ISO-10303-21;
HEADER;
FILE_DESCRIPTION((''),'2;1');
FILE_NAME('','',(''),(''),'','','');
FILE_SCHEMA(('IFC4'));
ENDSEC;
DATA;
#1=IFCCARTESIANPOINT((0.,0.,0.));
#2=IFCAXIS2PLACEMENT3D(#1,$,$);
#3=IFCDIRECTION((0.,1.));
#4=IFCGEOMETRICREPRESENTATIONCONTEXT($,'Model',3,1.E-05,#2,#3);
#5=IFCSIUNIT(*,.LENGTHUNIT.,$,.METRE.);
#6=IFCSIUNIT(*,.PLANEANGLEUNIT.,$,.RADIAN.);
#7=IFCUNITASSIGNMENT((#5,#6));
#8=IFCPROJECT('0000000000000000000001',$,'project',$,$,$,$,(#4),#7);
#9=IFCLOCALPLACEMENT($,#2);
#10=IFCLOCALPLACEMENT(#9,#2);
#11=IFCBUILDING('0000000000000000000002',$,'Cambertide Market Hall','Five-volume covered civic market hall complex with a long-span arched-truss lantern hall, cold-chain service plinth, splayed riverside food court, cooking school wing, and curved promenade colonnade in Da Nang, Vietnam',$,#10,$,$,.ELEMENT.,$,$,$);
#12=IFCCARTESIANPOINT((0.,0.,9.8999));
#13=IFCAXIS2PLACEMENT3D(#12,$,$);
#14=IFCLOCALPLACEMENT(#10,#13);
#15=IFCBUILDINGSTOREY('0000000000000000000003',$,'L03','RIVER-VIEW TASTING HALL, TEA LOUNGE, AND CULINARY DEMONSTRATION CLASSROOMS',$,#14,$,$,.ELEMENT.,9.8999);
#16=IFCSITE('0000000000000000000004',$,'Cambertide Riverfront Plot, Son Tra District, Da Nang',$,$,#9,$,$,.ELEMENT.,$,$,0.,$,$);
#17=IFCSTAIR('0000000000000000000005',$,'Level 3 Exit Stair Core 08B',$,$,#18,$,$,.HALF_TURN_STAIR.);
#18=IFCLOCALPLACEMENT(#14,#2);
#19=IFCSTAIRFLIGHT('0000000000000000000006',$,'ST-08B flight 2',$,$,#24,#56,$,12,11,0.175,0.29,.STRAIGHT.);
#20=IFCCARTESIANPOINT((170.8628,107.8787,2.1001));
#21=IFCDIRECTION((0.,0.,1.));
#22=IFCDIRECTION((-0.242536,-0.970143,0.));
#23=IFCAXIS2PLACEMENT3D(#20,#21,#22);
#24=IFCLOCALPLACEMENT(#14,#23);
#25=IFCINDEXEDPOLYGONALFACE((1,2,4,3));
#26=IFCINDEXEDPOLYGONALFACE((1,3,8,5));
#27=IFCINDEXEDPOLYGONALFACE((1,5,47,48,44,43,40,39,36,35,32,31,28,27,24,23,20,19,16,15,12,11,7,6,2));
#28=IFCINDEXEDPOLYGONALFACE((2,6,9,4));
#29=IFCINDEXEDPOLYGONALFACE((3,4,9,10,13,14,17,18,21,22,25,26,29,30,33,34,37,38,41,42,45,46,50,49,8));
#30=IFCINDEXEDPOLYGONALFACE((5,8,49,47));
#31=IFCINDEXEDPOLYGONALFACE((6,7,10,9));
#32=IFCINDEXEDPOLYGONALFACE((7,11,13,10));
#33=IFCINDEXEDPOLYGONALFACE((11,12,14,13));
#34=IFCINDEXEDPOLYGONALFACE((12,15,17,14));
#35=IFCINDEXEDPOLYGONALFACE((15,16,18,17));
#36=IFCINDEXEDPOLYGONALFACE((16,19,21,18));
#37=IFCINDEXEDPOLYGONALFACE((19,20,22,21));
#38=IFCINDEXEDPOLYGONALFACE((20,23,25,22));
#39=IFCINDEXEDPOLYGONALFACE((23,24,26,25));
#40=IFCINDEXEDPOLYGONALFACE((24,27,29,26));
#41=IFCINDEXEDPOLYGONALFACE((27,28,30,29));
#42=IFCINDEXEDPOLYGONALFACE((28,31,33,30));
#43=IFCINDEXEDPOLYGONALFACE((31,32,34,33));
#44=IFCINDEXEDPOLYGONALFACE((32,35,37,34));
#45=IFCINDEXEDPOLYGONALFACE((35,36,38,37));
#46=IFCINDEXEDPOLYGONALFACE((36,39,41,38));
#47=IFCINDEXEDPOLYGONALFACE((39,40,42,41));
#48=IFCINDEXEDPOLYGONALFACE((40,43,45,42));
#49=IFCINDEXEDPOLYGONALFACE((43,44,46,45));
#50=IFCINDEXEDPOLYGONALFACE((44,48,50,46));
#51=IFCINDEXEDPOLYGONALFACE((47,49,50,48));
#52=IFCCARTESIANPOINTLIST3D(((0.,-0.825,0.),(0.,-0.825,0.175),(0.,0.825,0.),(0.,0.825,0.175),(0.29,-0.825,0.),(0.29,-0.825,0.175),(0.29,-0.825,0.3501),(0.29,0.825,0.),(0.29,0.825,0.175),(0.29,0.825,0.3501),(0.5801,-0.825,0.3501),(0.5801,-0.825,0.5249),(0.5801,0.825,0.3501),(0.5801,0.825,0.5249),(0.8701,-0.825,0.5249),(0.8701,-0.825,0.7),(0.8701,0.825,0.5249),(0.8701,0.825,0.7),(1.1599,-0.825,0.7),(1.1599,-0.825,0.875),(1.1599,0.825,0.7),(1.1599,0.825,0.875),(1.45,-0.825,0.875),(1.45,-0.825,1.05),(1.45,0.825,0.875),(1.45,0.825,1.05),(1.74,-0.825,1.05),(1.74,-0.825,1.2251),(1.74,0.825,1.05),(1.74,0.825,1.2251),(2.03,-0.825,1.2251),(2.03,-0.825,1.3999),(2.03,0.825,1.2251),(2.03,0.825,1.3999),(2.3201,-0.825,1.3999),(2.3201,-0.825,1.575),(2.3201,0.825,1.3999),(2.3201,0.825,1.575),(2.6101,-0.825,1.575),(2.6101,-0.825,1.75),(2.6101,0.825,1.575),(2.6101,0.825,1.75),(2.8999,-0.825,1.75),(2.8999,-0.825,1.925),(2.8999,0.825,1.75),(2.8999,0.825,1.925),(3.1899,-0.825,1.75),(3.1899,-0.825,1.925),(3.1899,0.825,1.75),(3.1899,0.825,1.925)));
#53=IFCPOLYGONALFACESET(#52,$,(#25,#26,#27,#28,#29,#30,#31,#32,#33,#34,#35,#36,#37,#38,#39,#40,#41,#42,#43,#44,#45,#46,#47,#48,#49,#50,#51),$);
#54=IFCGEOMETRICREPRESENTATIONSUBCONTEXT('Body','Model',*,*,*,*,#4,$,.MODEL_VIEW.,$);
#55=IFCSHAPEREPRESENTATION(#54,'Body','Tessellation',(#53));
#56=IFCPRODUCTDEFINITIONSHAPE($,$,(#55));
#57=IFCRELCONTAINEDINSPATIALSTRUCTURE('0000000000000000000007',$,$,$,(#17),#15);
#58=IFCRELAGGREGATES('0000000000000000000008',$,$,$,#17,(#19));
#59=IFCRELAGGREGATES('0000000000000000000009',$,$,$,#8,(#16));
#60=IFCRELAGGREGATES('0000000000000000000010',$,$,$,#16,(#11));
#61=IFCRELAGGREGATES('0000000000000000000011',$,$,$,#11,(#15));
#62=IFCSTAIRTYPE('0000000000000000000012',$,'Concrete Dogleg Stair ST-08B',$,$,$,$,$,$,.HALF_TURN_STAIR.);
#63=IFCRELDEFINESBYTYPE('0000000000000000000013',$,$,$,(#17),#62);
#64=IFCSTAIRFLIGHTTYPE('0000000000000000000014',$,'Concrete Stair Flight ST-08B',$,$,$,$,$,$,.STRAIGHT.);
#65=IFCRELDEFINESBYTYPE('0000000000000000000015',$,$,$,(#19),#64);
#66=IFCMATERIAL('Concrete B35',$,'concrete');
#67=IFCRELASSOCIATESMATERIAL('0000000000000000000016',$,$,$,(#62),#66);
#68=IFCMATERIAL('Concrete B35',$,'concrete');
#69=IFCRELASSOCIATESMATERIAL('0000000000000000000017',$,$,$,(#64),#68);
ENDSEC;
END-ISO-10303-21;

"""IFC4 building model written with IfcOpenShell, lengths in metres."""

from ifc_helpers import new_model, si_unit, direction, frame, origin, place, context, subcontext, project, spatial, polyline, outline, extrude, material, type_object, element, aggregate, save


model = new_model("IFC4")

# Units and contexts
model_context = context("Model", 3, precision=1e-05, world=origin(), true_north=direction((0.0, 1.0)))
body_context = subcontext(model_context, "Body", "Model", "MODEL_VIEW")
ifc_project = project(units=[si_unit("LENGTHUNIT", "METRE"), si_unit("PLANEANGLEUNIT", "RADIAN")], contexts=[model_context])

# Site, building, storey
site_placement = place(None, origin())
site = spatial("IfcSite", under=ifc_project, at=site_placement, Name="Cambertide Riverfront Plot, Son Tra District, Da Nang", CompositionType="ELEMENT", RefElevation=0.0)
building_placement = place(site_placement, origin())
building = spatial("IfcBuilding", under=site, at=building_placement, Name="Cambertide Market Hall", Description="Five-volume covered civic market hall complex with a long-span arched-truss lantern hall, cold-chain service plinth, splayed riverside food court, cooking school wing, and curved promenade colonnade in Da Nang, Vietnam", CompositionType="ELEMENT")
storey_placement = place(building_placement, frame((0.0, 0.0, 9.8999)))
storey = spatial("IfcBuildingStorey", under=building, at=storey_placement, Name="L03", Description="RIVER-VIEW TASTING HALL, TEA LOUNGE, AND CULINARY DEMONSTRATION CLASSROOMS", CompositionType="ELEMENT", Elevation=9.8999)

# Stair, stair flight
ifc_material_1 = material(Name="Concrete B35", Category="concrete")
stair_type = type_object("IfcStairType", Name="Concrete Dogleg Stair ST-08B", PredefinedType="HALF_TURN_STAIR", material=ifc_material_1)
stair_placement = place(storey_placement, origin())
stair = element("IfcStair", 1, at=stair_placement, inside=storey, type_object=stair_type, Name="Level 3 Exit Stair Core 08B", PredefinedType="HALF_TURN_STAIR")
ifc_material_2 = material(Name="Concrete B35", Category="concrete")
stair_flight_type = type_object("IfcStairFlightType", Name="Concrete Stair Flight ST-08B", PredefinedType="STRAIGHT", material=ifc_material_2)
stair_flight_placement = place(storey_placement, frame((170.8628, 107.8787, 2.1001), z_axis=(0.0, 0.0, 1.0), x_axis=(-0.242536, -0.970143, 0.0)))
stair_flight = element("IfcStairFlight", 2, at=stair_flight_placement, type_object=stair_flight_type, Name="ST-08B flight 2", NumberOfRisers=12, NumberOfTreads=11, PredefinedType="STRAIGHT", RiserHeight=0.175, TreadLength=0.29, context=body_context, shape_type="SweptSolid", body=[
    extrude(outline(polyline([(0.0, 0.0), (0.0, 0.175), (0.29, 0.175), (0.29, 0.3501), (0.5801, 0.3501), (0.5801, 0.5249), (0.8701, 0.5249), (0.8701, 0.7), (1.1599, 0.7), (1.1599, 0.875), (1.45, 0.875), (1.45, 1.05), (1.74, 1.05), (1.74, 1.2251), (2.03, 1.2251), (2.03, 1.3999), (2.3201, 1.3999), (2.3201, 1.575), (2.6101, 1.575), (2.6101, 1.75), (2.8999, 1.75), (2.8999, 1.925), (3.1899, 1.925), (3.1899, 2.1001), (3.1899, 1.75), (0.29, 0.0), (0.0, 0.0)])), frame((0.0, 0.825, 0.0), z_axis=(0.0, -1.0, 0.0), x_axis=(1.0, 0.0, 0.0)), (0.0, 0.0, 1.0), 1.6499),
])
aggregate(stair, [stair_flight])

save(model, "model.ifc")
